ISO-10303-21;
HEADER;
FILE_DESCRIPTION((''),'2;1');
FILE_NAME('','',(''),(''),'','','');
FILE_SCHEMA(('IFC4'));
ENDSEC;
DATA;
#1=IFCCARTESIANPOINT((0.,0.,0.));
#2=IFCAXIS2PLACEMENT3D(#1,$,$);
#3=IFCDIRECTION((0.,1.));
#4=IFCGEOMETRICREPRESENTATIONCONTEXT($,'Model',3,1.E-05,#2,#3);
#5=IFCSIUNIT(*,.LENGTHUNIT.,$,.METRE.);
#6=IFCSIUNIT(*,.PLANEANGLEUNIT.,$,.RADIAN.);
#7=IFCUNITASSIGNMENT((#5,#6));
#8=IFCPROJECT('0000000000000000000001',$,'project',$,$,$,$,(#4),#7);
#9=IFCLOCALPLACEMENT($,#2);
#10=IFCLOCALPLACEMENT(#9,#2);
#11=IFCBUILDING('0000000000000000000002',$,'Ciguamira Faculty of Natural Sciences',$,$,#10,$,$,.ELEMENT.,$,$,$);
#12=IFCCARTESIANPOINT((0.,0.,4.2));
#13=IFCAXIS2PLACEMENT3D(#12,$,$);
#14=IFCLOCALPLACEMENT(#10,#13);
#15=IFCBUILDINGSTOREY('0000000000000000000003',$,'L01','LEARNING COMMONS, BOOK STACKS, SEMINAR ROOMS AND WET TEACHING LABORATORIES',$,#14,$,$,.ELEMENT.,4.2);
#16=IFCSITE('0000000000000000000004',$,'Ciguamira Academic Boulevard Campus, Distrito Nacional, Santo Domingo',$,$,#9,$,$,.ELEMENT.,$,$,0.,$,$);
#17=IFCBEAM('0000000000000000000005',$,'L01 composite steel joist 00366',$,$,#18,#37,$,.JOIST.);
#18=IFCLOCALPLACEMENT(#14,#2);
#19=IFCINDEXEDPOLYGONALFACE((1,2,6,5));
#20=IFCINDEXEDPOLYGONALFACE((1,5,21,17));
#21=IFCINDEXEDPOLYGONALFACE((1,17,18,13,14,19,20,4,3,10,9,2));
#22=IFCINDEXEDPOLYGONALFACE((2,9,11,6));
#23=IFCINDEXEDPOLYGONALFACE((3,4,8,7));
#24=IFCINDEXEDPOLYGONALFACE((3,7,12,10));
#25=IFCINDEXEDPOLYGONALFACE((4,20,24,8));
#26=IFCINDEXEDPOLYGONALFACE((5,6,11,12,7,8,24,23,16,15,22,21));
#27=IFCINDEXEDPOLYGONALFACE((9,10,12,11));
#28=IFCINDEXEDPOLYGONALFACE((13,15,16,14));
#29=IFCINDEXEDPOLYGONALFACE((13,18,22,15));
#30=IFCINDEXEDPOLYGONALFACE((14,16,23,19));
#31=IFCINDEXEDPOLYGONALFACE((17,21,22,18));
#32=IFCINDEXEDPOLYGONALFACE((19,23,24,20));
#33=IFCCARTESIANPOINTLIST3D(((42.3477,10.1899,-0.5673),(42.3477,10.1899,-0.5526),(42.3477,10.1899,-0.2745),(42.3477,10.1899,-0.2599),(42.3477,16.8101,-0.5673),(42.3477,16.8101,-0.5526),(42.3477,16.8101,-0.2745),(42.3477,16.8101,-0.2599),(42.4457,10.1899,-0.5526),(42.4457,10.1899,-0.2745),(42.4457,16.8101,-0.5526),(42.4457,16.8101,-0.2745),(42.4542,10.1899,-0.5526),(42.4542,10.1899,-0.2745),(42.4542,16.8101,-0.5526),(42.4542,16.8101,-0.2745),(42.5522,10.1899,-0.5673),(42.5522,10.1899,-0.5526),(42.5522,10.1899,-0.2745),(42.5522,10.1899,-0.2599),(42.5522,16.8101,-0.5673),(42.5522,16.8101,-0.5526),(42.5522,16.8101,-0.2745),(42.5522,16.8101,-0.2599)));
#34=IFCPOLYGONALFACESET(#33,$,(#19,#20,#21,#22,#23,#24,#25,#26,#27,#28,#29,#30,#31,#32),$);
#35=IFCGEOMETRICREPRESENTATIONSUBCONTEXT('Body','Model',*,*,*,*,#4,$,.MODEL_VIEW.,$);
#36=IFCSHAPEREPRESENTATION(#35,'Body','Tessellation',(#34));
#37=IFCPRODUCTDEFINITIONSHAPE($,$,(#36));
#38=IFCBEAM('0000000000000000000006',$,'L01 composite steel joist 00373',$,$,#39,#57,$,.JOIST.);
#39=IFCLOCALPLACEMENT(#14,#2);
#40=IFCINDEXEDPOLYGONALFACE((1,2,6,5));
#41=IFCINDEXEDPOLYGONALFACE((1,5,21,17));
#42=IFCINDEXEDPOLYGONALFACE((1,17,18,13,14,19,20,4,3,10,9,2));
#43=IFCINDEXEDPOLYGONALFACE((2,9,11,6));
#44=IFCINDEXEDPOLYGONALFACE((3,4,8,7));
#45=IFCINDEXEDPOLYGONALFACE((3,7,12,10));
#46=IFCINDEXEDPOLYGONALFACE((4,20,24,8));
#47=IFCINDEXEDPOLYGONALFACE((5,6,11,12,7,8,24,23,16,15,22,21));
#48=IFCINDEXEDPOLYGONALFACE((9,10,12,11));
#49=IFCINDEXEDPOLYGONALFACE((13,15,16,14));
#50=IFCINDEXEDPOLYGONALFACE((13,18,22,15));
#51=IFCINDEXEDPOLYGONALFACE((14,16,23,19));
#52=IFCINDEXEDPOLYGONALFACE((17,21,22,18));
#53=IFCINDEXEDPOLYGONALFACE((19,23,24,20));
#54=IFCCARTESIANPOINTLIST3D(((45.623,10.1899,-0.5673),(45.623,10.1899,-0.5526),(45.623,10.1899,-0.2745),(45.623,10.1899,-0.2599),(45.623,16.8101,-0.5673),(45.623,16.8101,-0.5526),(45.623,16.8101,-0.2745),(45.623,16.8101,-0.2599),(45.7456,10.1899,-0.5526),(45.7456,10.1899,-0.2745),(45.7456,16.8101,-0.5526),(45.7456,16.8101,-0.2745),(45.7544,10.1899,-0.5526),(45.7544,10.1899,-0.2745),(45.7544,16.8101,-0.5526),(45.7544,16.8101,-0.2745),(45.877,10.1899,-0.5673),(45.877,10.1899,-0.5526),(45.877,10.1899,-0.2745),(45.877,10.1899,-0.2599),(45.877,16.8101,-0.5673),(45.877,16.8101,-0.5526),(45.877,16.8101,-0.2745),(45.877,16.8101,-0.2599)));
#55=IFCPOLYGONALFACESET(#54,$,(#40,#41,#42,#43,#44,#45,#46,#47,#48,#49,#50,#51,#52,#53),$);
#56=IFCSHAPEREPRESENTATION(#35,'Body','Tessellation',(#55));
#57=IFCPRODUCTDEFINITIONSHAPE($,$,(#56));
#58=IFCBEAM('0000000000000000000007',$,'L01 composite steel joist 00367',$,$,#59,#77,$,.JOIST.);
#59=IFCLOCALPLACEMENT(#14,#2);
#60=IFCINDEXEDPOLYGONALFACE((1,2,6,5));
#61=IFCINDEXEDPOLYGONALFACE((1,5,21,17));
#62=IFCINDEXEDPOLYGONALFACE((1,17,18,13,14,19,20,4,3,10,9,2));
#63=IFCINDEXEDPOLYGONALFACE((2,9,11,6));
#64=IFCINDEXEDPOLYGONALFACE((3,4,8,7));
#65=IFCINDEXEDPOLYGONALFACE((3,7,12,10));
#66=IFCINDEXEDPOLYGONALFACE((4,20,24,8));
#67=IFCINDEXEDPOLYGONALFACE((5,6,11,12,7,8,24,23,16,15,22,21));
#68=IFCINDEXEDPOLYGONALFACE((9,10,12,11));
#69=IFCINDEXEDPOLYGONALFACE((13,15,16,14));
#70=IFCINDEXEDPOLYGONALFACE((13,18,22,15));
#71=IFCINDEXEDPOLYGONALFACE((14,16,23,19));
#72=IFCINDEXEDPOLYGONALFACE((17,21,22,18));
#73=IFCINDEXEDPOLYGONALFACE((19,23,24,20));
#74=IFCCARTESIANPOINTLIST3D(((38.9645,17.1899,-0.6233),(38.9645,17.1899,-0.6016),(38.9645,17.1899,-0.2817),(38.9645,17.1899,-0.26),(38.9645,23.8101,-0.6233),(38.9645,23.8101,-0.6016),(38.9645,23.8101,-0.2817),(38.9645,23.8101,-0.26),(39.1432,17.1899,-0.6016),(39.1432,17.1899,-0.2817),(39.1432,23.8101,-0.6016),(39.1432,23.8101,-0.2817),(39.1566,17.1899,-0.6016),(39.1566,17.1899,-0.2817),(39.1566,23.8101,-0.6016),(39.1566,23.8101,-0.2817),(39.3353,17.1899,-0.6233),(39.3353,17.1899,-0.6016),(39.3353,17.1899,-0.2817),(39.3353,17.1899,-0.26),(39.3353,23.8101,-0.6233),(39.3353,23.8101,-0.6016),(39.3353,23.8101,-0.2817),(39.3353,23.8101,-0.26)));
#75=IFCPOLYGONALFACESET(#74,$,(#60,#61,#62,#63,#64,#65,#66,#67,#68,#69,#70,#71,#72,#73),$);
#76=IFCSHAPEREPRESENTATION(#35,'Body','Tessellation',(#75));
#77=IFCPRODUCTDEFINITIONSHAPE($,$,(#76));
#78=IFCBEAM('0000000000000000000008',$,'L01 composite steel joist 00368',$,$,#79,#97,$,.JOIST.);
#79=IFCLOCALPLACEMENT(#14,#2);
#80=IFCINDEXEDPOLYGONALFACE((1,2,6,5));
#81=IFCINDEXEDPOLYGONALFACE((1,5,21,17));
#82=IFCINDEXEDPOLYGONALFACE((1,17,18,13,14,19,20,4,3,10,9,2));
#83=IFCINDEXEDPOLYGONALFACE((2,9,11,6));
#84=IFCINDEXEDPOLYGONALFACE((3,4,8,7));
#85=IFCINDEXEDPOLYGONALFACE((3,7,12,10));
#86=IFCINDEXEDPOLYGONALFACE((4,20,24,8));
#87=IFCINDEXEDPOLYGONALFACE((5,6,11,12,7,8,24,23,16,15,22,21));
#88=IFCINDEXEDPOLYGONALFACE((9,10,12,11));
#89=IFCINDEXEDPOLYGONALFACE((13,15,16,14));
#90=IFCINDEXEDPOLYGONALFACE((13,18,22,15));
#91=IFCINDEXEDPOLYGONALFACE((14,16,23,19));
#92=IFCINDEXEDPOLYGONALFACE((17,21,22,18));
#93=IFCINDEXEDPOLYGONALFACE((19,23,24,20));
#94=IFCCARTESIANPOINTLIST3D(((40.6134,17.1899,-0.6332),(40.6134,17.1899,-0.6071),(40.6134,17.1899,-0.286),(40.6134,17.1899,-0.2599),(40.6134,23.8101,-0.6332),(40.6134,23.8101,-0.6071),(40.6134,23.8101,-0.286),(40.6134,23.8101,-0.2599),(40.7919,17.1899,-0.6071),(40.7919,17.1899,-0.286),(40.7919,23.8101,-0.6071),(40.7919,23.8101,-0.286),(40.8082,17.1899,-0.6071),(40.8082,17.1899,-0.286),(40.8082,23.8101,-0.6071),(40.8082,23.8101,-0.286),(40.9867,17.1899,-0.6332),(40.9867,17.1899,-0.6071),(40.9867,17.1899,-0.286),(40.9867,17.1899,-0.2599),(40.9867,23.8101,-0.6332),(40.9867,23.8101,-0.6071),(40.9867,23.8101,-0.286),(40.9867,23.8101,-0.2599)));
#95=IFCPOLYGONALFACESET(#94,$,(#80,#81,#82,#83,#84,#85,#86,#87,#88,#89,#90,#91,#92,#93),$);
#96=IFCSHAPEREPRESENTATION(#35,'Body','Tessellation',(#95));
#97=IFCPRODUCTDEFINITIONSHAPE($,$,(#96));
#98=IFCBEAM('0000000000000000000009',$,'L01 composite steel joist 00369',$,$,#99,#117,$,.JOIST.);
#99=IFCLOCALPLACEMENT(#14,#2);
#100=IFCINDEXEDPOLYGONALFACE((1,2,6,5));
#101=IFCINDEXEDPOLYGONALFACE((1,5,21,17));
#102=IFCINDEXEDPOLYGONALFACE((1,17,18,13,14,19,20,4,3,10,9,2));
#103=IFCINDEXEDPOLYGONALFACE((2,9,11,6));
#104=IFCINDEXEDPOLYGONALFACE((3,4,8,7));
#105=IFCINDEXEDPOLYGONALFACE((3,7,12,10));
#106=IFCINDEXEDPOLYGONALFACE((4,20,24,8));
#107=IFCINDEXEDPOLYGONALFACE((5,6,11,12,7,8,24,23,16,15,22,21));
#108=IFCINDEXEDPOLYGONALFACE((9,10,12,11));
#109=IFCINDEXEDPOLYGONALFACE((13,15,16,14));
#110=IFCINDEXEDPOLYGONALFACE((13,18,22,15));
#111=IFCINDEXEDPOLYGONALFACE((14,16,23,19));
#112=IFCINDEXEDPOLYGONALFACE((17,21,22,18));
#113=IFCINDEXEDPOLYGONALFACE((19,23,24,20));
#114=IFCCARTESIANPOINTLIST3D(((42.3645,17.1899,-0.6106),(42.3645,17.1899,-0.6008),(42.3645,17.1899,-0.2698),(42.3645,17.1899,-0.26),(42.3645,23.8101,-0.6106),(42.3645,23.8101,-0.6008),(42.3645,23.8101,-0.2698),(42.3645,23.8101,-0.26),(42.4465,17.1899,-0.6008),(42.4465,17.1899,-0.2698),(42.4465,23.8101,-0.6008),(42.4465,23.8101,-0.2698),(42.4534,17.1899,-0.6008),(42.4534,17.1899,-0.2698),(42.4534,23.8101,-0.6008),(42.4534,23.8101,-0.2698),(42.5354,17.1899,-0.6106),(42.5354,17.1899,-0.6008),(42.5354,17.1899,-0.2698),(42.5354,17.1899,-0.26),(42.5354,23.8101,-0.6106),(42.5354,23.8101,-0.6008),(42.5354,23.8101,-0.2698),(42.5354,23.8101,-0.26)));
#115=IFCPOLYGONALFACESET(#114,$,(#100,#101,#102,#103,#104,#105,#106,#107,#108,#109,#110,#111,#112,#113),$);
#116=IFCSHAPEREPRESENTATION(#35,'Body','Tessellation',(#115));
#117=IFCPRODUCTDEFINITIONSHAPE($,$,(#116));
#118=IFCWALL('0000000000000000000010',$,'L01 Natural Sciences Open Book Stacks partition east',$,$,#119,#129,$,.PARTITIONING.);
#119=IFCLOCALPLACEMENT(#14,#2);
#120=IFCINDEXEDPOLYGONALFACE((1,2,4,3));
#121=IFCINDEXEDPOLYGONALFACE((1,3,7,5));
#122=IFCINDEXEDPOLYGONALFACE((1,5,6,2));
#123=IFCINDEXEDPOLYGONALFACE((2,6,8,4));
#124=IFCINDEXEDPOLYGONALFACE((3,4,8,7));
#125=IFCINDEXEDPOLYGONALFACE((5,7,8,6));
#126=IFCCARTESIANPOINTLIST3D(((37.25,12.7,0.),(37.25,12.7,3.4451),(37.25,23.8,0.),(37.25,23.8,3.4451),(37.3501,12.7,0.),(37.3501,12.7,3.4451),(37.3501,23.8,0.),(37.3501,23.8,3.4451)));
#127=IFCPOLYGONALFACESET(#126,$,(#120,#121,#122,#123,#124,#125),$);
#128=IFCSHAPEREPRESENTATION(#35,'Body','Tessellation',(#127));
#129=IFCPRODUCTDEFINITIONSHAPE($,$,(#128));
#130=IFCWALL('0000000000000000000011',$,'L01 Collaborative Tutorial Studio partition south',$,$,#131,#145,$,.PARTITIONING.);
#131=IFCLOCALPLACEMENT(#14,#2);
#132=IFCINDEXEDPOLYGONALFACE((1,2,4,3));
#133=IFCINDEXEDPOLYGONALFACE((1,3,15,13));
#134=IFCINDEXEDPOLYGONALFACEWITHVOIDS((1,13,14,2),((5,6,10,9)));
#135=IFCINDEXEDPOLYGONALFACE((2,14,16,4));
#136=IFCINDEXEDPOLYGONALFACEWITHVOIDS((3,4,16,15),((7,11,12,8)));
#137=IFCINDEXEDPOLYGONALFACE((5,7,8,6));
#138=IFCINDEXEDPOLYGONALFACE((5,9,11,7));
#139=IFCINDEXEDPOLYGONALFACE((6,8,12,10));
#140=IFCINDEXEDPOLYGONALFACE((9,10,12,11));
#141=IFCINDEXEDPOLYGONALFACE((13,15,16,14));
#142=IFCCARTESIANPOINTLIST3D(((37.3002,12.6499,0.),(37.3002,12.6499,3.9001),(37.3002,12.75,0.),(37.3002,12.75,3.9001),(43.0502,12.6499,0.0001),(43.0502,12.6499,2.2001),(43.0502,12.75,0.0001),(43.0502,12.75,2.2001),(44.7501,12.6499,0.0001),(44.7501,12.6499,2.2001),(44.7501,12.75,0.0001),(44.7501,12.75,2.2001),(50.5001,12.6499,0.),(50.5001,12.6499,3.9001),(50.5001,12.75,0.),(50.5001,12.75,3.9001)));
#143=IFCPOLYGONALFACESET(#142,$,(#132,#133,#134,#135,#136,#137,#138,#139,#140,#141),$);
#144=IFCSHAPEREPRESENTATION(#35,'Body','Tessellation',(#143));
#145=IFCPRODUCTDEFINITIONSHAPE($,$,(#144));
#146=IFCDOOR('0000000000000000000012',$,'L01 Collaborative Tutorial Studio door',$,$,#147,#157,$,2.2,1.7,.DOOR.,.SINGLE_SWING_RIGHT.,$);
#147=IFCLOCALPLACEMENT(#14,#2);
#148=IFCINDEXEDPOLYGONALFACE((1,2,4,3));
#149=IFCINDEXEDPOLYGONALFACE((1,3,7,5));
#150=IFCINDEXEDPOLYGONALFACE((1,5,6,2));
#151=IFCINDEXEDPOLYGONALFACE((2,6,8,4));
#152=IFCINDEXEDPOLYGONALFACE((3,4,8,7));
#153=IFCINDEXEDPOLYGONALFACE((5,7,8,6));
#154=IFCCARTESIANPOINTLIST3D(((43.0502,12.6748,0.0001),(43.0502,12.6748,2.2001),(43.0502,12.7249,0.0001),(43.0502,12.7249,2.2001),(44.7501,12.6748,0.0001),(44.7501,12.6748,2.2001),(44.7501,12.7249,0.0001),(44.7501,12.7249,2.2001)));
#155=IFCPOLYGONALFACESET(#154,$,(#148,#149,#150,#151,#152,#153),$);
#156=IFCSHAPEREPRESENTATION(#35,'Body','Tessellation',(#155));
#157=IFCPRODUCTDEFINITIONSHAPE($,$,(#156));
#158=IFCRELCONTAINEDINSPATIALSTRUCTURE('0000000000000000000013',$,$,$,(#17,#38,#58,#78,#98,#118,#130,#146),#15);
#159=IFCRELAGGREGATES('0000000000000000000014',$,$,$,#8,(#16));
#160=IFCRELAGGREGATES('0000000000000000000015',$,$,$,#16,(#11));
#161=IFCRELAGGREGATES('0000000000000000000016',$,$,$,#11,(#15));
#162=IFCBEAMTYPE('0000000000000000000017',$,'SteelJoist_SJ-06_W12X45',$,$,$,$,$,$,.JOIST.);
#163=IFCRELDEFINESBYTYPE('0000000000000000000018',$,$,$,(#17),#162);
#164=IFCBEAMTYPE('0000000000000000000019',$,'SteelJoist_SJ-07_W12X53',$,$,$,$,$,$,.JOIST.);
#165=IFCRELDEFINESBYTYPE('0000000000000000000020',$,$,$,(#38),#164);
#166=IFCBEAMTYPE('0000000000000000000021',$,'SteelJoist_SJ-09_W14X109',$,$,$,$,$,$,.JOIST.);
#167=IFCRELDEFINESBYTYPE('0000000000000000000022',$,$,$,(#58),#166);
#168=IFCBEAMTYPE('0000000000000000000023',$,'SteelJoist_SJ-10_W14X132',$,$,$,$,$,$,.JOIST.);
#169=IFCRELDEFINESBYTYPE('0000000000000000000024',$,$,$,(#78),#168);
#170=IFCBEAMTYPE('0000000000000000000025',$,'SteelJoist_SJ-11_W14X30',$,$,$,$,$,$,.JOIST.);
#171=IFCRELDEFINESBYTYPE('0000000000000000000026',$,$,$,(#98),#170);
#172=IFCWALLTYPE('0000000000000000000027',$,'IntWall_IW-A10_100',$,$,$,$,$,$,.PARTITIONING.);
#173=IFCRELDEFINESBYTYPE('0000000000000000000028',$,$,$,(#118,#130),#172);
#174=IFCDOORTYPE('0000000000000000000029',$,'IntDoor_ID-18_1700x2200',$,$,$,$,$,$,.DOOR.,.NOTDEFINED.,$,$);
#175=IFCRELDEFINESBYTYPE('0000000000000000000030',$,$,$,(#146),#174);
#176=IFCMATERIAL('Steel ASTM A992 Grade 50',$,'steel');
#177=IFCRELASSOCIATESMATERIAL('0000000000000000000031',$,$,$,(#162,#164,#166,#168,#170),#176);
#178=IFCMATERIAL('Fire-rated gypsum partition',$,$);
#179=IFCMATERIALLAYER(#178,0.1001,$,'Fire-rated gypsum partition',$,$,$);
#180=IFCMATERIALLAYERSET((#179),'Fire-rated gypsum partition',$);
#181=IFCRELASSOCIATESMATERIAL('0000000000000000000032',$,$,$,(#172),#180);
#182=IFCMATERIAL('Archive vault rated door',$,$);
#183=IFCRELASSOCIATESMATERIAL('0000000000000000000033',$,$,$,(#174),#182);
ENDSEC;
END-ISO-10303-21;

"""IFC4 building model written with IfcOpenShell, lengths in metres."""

from ifc_helpers import new_model, si_unit, direction, frame, frame_2d, origin, origin_2d, place, context, subcontext, project, spatial, rectangle, i_section, extrude, material, layer, layer_set, material_profile, profile_set, type_object, element, fill, save


model = new_model("IFC4")

# Units and contexts
model_context = context("Model", 3, precision=1e-05, world=origin(), true_north=direction((0.0, 1.0)))
body_context = subcontext(model_context, "Body", "Model", "MODEL_VIEW")
ifc_project = project(units=[si_unit("LENGTHUNIT", "METRE"), si_unit("PLANEANGLEUNIT", "RADIAN")], contexts=[model_context])

# Site, building, storey
site_placement = place(None, origin())
site = spatial("IfcSite", under=ifc_project, at=site_placement, Name="Ciguamira Academic Boulevard Campus, Distrito Nacional, Santo Domingo", CompositionType="ELEMENT", RefElevation=0.0)
building_placement = place(site_placement, origin())
building = spatial("IfcBuilding", under=site, at=building_placement, Name="Ciguamira Faculty of Natural Sciences", CompositionType="ELEMENT")
storey_placement = place(building_placement, frame((0.0, 0.0, 4.2)))
storey = spatial("IfcBuildingStorey", under=building, at=storey_placement, Name="L01", Description="LEARNING COMMONS, BOOK STACKS, SEMINAR ROOMS AND WET TEACHING LABORATORIES", CompositionType="ELEMENT", Elevation=4.2)

# Beams
ifc_material_1 = material(Name="Steel ASTM A992 Grade 50", Category="steel")
ifc_material_profile_1 = material_profile(ifc_material_1, i_section(OverallWidth=0.2046, OverallDepth=0.3074, WebThickness=0.0085, FlangeThickness=0.0146, at=origin_2d()), Name="W12X45")
ifc_profile_set_1 = profile_set([ifc_material_profile_1], Name="Steel ASTM A992 Grade 50")
beam_type_1 = type_object("IfcBeamType", Name="SteelJoist_SJ-06_W12X45", PredefinedType="JOIST", material=ifc_profile_set_1)
beam_1_placement = place(storey_placement, frame((42.45, 10.1899, -0.4136), z_axis=(0.0, 1.0, 0.0), x_axis=(-1.0, 0.0, 0.0)))
element("IfcBeam", 1, at=beam_1_placement, inside=storey, type_object=beam_type_1, Name="L01 composite steel joist 00366", PredefinedType="JOIST", context=body_context, shape_type="SweptSolid", body=[
    extrude(i_section(OverallWidth=0.2046, OverallDepth=0.3074, WebThickness=0.0085, FlangeThickness=0.0146, at=origin_2d()), origin(), (0.0, 0.0, 1.0), 6.6201),
])
ifc_material_profile_2 = material_profile(ifc_material_1, i_section(OverallWidth=0.2539, OverallDepth=0.3074, WebThickness=0.0088, FlangeThickness=0.0146, at=origin_2d()), Name="W12X53")
ifc_profile_set_2 = profile_set([ifc_material_profile_2], Name="Steel ASTM A992 Grade 50")
beam_type_2 = type_object("IfcBeamType", Name="SteelJoist_SJ-07_W12X53", PredefinedType="JOIST", material=ifc_profile_set_2)
beam_2_placement = place(storey_placement, frame((45.75, 10.1899, -0.4136), z_axis=(0.0, 1.0, 0.0), x_axis=(-1.0, 0.0, 0.0)))
element("IfcBeam", 2, at=beam_2_placement, inside=storey, type_object=beam_type_2, Name="L01 composite steel joist 00373", PredefinedType="JOIST", context=body_context, shape_type="SweptSolid", body=[
    extrude(i_section(OverallWidth=0.2539, OverallDepth=0.3074, WebThickness=0.0088, FlangeThickness=0.0146, at=origin_2d()), origin(), (0.0, 0.0, 1.0), 6.6201),
])
ifc_material_profile_3 = material_profile(ifc_material_1, i_section(OverallWidth=0.3708, OverallDepth=0.3633, WebThickness=0.0134, FlangeThickness=0.0217, at=origin_2d()), Name="W14X109")
ifc_profile_set_3 = profile_set([ifc_material_profile_3], Name="Steel ASTM A992 Grade 50")
beam_type_3 = type_object("IfcBeamType", Name="SteelJoist_SJ-09_W14X109", PredefinedType="JOIST", material=ifc_profile_set_3)
beam_3_placement = place(storey_placement, frame((39.1499, 17.1899, -0.4417), z_axis=(0.0, 1.0, 0.0), x_axis=(-1.0, 0.0, 0.0)))
element("IfcBeam", 3, at=beam_3_placement, inside=storey, type_object=beam_type_3, Name="L01 composite steel joist 00367", PredefinedType="JOIST", context=body_context, shape_type="SweptSolid", body=[
    extrude(i_section(OverallWidth=0.3708, OverallDepth=0.3633, WebThickness=0.0134, FlangeThickness=0.0217, at=origin_2d()), origin(), (0.0, 0.0, 1.0), 6.6201),
])
ifc_material_profile_4 = material_profile(ifc_material_1, i_section(OverallWidth=0.3733, OverallDepth=0.3733, WebThickness=0.0164, FlangeThickness=0.0261, at=origin_2d()), Name="W14X132")
ifc_profile_set_4 = profile_set([ifc_material_profile_4], Name="Steel ASTM A992 Grade 50")
beam_type_4 = type_object("IfcBeamType", Name="SteelJoist_SJ-10_W14X132", PredefinedType="JOIST", material=ifc_profile_set_4)
beam_4_placement = place(storey_placement, frame((40.8, 17.1899, -0.4465), z_axis=(0.0, 1.0, 0.0), x_axis=(-1.0, 0.0, 0.0)))
element("IfcBeam", 4, at=beam_4_placement, inside=storey, type_object=beam_type_4, Name="L01 composite steel joist 00368", PredefinedType="JOIST", context=body_context, shape_type="SweptSolid", body=[
    extrude(i_section(OverallWidth=0.3733, OverallDepth=0.3733, WebThickness=0.0164, FlangeThickness=0.0261, at=origin_2d()), origin(), (0.0, 0.0, 1.0), 6.6201),
])
ifc_material_profile_5 = material_profile(ifc_material_1, i_section(OverallWidth=0.1709, OverallDepth=0.3506, WebThickness=0.0068, FlangeThickness=0.0098, at=origin_2d()), Name="W14X30")
ifc_profile_set_5 = profile_set([ifc_material_profile_5], Name="Steel ASTM A992 Grade 50")
beam_type_5 = type_object("IfcBeamType", Name="SteelJoist_SJ-11_W14X30", PredefinedType="JOIST", material=ifc_profile_set_5)
beam_5_placement = place(storey_placement, frame((42.45, 17.1899, -0.4353), z_axis=(0.0, 1.0, 0.0), x_axis=(-1.0, 0.0, 0.0)))
element("IfcBeam", 5, at=beam_5_placement, inside=storey, type_object=beam_type_5, Name="L01 composite steel joist 00369", PredefinedType="JOIST", context=body_context, shape_type="SweptSolid", body=[
    extrude(i_section(OverallWidth=0.1709, OverallDepth=0.3506, WebThickness=0.0068, FlangeThickness=0.0098, at=origin_2d()), origin(), (0.0, 0.0, 1.0), 6.6201),
])

# Wall
ifc_material_2 = material(Name="Fire-rated gypsum partition")
ifc_layer = layer(ifc_material_2, 0.1001, Name="Fire-rated gypsum partition")
ifc_layer_set = layer_set([ifc_layer], Name="Fire-rated gypsum partition")
wall_type = type_object("IfcWallType", Name="IntWall_IW-A10_100", PredefinedType="PARTITIONING", material=ifc_layer_set)
wall_1_placement = place(storey_placement, frame((37.3, 12.7, 0.0), z_axis=(0.0, 0.0, 1.0), x_axis=(0.0, 1.0, 0.0)))
element("IfcWall", 6, at=wall_1_placement, inside=storey, type_object=wall_type, Name="L01 Natural Sciences Open Book Stacks partition east", PredefinedType="PARTITIONING", context=body_context, shape_type="SweptSolid", body=[
    extrude(rectangle(XDim=11.1001, YDim=0.1001, at=frame_2d((5.55, 0.0))), origin(), (0.0, 0.0, 1.0), 3.4451),
])

# Wall, opening, door
wall_2_placement = place(storey_placement, frame((37.3, 12.7, 0.0), z_axis=(0.0, 0.0, 1.0), x_axis=(1.0, 0.0, 0.0)))
wall_2 = element("IfcWall", 7, at=wall_2_placement, inside=storey, type_object=wall_type, Name="L01 Collaborative Tutorial Studio partition south", PredefinedType="PARTITIONING", context=body_context, shape_type="SweptSolid", body=[
    extrude(rectangle(XDim=13.2, YDim=0.1001, at=frame_2d((6.6001, 0.0))), origin(), (0.0, 0.0, 1.0), 3.9001),
])
opening_placement = place(wall_2_placement, frame((5.75, 0.0, 0.0)))
opening = element("IfcOpeningElement", 8, at=opening_placement, cuts=wall_2, PredefinedType="OPENING", context=body_context, shape_type="SweptSolid", body=[
    extrude(rectangle(XDim=1.7, YDim=2.2, at=frame_2d((0.8501, 1.1001))), frame((0.0, 0.0601, 0.0), z_axis=(0.0, -1.0, 0.0), x_axis=(1.0, 0.0, 0.0)), (0.0, 0.0, 1.0), 0.1201),
])
ifc_material_3 = material(Name="Archive vault rated door")
door_type = type_object("IfcDoorType", Name="IntDoor_ID-18_1700x2200", OperationType="NOTDEFINED", PredefinedType="DOOR", material=ifc_material_3)
door_placement = place(opening_placement, origin())
door = element("IfcDoor", 9, at=door_placement, inside=storey, type_object=door_type, Name="L01 Collaborative Tutorial Studio door", OperationType="SINGLE_SWING_RIGHT", OverallHeight=2.2, OverallWidth=1.7, PredefinedType="DOOR", context=body_context, shape_type="SweptSolid", body=[
    extrude(rectangle(XDim=1.7, YDim=2.2, at=frame_2d((0.8501, 1.1001))), frame((0.0, 0.0249, 0.0), z_axis=(0.0, -1.0, 0.0), x_axis=(1.0, 0.0, 0.0)), (0.0, 0.0, 1.0), 0.05),
])
fill(opening, door)

save(model, "model.ifc")
